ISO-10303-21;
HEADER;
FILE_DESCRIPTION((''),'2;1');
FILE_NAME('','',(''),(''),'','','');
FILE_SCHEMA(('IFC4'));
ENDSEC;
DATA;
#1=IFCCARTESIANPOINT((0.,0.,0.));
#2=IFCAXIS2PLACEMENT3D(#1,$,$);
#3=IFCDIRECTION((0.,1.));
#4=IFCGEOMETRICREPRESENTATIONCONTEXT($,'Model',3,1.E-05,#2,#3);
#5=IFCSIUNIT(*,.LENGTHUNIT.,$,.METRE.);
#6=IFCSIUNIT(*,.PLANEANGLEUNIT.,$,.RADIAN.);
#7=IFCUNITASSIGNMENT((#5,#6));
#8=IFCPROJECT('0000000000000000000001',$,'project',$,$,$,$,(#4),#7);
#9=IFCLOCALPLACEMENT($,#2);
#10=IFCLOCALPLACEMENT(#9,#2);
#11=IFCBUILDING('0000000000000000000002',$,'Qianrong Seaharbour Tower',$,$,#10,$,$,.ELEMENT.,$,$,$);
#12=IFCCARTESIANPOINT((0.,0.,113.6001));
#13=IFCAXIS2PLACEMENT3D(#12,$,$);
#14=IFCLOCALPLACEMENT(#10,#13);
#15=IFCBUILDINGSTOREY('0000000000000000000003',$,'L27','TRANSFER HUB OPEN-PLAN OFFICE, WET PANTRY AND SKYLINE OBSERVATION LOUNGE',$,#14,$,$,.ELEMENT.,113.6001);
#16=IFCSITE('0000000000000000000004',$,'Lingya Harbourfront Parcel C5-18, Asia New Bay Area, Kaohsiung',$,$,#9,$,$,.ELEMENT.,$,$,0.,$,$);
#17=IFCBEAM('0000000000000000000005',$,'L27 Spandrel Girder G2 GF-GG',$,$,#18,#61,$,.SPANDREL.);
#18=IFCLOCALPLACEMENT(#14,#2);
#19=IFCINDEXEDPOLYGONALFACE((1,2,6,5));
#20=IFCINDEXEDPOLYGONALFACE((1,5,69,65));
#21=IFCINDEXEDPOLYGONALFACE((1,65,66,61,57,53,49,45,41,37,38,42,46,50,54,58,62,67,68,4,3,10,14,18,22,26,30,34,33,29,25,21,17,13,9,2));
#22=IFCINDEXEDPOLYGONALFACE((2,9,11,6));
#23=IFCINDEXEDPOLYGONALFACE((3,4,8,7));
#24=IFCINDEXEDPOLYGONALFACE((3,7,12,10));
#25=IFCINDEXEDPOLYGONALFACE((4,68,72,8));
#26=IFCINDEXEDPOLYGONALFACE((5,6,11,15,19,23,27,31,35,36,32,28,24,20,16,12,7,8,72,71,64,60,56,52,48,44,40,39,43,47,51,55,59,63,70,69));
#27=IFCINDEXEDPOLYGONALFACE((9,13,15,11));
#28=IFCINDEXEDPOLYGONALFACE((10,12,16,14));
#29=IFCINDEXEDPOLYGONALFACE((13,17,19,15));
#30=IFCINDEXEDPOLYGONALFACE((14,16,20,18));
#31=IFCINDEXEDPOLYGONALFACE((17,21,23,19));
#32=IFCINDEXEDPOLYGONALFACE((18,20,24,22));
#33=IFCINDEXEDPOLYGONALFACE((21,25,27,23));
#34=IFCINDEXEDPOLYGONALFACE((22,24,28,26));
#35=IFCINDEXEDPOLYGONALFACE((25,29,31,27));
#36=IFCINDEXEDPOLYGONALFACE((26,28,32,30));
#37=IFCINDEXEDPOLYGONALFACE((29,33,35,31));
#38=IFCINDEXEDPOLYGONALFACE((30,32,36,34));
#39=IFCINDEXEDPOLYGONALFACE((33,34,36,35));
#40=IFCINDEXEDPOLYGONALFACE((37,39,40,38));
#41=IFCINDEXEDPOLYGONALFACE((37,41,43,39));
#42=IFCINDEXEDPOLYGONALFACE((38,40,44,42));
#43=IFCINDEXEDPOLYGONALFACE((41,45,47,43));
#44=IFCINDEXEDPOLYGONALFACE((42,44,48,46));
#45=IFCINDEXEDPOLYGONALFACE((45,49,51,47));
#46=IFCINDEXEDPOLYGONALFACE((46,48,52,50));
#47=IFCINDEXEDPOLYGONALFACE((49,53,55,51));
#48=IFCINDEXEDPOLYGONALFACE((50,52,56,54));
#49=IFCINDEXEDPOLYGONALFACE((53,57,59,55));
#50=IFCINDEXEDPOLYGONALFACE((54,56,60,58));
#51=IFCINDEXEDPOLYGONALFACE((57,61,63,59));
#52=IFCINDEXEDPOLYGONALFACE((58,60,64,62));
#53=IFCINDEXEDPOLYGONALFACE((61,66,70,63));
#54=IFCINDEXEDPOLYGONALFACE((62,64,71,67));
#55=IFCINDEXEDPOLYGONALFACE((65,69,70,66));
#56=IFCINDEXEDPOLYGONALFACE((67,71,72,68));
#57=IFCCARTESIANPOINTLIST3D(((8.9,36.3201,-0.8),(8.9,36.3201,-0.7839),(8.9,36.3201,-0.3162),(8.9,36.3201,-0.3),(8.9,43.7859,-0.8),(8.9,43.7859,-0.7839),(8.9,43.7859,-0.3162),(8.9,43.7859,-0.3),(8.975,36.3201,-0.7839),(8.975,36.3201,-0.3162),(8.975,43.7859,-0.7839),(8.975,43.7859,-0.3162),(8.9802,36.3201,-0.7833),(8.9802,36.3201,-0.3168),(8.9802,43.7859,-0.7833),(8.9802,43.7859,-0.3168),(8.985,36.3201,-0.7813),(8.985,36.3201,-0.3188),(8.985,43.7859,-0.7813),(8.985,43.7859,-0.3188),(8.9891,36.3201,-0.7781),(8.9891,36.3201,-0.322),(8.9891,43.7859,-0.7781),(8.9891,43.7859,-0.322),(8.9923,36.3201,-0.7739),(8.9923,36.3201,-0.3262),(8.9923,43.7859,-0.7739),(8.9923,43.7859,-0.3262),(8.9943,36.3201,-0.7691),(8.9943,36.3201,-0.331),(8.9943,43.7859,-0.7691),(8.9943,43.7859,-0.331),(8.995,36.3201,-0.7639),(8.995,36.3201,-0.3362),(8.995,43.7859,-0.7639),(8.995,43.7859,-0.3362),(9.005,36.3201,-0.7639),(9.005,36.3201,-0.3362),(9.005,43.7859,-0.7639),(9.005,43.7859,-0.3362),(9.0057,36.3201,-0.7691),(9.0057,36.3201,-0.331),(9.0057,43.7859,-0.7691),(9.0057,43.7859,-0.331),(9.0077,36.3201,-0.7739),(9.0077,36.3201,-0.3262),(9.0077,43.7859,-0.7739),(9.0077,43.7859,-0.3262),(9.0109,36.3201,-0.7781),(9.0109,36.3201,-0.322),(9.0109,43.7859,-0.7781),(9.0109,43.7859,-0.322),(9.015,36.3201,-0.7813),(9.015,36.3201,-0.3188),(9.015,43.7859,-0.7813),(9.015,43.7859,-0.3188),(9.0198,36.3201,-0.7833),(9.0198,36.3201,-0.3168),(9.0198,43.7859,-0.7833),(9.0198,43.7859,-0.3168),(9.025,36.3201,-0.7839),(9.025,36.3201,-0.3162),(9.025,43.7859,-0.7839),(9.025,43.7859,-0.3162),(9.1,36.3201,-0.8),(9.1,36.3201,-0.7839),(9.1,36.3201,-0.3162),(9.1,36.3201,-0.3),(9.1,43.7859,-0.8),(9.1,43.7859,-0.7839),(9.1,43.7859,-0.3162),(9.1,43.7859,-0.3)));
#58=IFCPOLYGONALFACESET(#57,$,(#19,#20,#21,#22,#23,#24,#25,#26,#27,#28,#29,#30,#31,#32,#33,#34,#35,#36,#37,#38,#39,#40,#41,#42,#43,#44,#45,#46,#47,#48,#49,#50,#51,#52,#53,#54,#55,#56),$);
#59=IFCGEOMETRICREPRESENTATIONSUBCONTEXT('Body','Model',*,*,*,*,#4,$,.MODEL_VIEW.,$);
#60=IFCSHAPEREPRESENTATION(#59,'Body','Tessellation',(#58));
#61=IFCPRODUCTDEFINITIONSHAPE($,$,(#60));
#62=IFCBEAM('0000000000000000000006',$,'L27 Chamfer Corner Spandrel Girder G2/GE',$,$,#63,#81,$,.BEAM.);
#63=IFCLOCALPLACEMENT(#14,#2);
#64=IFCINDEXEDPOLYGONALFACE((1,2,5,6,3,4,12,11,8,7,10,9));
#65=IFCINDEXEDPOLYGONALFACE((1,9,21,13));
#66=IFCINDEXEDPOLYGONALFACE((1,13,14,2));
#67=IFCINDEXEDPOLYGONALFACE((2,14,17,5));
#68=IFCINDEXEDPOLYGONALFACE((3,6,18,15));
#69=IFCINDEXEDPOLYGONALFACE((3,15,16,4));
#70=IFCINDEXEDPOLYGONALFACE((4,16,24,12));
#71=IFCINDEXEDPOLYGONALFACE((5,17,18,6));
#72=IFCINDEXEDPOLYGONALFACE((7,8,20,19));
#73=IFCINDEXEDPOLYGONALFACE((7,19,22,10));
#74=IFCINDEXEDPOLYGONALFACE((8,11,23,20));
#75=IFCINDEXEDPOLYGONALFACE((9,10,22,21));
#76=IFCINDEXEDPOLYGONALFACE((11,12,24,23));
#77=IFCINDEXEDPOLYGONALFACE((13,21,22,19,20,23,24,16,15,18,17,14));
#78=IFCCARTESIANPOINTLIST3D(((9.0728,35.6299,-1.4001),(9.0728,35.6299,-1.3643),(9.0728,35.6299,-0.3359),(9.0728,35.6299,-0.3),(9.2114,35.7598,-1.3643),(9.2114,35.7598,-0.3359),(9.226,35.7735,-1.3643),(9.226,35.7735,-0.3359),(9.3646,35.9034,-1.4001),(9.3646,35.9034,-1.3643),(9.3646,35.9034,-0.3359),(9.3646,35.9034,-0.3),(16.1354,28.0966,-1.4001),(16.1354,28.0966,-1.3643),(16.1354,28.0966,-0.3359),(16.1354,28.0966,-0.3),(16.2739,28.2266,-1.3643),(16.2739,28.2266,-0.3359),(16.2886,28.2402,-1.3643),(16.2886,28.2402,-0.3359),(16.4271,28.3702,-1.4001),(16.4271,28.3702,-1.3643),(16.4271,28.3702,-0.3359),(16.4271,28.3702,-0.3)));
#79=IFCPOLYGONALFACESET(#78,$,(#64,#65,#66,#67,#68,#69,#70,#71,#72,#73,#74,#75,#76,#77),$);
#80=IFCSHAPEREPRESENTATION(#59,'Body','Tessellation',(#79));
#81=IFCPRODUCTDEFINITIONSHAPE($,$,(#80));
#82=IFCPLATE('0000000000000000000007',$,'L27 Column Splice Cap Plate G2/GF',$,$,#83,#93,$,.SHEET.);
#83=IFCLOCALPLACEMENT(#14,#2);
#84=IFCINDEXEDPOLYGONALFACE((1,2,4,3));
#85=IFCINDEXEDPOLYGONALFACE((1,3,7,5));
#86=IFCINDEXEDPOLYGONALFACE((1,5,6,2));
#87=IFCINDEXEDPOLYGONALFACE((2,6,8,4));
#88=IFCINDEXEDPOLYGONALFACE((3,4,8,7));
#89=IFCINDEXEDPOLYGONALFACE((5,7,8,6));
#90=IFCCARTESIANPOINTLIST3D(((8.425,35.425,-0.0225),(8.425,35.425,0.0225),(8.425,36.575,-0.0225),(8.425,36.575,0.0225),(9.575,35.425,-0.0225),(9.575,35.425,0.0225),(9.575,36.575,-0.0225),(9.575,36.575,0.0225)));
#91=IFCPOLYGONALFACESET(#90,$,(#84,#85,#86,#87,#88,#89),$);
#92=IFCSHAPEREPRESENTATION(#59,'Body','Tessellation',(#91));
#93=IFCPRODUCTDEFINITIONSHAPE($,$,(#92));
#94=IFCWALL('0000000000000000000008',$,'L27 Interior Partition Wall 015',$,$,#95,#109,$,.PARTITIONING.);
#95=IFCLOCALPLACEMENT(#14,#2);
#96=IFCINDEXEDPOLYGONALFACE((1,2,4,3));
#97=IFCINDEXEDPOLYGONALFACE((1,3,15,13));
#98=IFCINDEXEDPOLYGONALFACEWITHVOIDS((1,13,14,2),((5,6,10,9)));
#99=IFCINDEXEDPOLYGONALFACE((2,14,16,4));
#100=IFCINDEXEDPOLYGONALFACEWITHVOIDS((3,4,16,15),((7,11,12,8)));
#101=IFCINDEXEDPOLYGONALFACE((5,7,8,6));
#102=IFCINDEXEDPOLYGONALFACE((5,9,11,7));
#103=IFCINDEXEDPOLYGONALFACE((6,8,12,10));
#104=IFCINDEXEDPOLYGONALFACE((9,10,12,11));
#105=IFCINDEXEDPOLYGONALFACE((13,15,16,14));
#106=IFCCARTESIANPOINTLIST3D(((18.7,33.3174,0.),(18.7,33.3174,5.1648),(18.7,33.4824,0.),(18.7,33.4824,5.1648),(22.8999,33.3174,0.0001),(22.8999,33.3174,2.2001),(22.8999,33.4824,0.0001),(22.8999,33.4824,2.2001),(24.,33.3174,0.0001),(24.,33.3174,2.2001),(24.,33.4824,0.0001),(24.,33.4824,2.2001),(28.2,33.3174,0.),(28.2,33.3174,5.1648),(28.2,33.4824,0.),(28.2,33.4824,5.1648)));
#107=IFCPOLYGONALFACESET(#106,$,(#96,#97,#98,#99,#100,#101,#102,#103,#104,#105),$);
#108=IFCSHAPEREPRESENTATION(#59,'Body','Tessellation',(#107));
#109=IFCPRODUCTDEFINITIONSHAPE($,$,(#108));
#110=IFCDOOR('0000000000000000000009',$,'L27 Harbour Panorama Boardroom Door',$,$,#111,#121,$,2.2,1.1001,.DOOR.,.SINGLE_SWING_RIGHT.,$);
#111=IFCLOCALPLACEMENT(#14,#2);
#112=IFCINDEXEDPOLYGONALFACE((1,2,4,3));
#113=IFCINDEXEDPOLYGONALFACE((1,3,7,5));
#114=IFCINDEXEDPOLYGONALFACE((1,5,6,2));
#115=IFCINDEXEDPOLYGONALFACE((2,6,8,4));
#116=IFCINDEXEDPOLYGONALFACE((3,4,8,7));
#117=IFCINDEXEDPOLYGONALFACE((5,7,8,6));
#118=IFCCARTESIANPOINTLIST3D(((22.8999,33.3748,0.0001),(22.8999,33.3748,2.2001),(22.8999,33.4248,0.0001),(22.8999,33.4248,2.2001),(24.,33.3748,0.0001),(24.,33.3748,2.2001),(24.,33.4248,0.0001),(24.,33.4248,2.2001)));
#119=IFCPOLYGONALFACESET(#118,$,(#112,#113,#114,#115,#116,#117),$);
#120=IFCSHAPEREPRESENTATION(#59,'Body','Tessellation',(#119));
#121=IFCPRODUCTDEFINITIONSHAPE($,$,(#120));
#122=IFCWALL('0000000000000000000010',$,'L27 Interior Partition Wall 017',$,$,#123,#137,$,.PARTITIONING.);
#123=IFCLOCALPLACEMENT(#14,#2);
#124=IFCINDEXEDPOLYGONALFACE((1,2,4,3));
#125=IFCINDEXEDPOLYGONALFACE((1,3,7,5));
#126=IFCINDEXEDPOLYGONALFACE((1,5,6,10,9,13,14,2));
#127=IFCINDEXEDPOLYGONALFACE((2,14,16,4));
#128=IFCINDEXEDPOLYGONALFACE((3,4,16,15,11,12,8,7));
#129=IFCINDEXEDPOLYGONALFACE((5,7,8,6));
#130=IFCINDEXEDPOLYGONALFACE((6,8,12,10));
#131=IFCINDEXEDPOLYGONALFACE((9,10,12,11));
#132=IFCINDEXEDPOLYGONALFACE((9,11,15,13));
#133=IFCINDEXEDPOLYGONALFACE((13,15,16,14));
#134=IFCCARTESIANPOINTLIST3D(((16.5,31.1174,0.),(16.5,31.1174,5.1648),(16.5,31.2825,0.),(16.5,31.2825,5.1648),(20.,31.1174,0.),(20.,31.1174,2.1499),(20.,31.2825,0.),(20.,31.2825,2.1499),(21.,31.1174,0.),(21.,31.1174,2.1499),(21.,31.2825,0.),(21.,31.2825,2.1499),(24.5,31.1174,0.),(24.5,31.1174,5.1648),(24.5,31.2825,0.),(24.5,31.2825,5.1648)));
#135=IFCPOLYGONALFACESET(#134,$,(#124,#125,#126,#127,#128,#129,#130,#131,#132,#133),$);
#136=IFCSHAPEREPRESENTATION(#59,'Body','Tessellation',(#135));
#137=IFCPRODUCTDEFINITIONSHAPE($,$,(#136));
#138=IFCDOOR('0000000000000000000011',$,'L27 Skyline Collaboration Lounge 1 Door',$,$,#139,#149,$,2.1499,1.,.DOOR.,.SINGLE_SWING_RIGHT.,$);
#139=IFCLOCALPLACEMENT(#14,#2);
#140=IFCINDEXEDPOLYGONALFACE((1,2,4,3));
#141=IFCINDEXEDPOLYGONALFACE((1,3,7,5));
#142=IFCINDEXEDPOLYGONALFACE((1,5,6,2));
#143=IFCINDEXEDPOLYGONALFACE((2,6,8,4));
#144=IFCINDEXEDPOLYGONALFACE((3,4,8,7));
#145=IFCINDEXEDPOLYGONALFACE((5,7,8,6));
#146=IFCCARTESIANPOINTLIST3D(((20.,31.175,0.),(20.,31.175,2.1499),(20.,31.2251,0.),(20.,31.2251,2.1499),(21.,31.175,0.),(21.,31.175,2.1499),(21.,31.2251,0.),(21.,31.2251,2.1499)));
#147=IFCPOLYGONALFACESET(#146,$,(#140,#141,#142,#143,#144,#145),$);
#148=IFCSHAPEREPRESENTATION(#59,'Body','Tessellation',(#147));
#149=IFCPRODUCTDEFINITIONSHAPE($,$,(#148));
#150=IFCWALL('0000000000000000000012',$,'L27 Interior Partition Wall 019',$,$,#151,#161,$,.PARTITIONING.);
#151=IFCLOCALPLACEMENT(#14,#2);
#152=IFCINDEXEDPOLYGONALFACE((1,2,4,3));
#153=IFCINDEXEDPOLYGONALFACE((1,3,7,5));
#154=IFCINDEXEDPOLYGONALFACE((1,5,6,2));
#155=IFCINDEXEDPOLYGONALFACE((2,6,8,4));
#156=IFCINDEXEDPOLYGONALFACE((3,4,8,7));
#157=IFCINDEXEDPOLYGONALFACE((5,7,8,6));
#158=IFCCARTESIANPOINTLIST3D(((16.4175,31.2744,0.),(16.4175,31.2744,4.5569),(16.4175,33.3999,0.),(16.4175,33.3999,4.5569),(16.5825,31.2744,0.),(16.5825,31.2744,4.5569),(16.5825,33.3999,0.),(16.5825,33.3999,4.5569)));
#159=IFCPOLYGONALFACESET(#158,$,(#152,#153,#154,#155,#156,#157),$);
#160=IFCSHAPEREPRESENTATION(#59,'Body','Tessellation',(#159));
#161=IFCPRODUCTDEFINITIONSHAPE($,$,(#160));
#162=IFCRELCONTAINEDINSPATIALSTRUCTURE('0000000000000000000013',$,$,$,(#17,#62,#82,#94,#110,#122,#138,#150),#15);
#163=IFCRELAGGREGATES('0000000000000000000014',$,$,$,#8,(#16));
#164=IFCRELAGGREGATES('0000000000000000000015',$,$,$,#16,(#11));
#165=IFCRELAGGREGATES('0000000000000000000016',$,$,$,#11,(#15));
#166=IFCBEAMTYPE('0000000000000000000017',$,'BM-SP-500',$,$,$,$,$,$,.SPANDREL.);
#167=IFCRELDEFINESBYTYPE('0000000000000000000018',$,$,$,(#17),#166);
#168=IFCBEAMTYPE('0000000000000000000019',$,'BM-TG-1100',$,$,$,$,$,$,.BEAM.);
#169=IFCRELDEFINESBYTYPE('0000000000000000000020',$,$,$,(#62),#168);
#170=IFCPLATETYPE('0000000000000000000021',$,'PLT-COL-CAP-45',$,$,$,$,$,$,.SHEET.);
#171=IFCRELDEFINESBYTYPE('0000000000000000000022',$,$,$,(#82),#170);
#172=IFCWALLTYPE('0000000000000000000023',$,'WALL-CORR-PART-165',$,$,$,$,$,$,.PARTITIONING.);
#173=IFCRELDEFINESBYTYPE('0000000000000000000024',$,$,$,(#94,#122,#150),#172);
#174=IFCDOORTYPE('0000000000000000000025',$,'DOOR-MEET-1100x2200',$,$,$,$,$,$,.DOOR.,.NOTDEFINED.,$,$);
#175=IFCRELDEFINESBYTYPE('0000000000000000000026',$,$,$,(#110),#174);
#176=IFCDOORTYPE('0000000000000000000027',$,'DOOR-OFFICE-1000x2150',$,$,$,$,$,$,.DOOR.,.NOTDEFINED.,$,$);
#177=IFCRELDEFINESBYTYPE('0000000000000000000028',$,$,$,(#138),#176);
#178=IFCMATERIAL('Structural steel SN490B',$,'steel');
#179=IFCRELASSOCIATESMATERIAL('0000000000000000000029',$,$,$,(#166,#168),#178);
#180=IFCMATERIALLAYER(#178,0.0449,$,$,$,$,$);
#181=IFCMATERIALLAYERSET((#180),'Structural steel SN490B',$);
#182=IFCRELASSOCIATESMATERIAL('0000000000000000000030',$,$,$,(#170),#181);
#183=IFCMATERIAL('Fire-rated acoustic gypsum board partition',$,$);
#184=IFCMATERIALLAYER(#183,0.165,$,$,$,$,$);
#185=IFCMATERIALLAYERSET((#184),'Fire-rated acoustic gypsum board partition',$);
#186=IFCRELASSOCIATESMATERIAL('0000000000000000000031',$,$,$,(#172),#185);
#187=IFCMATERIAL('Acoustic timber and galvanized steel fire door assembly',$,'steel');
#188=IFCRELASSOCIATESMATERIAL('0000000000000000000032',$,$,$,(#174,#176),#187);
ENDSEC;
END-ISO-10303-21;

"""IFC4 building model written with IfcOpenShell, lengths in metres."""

from ifc_helpers import new_model, si_unit, direction, frame, frame_2d, origin, origin_2d, place, context, subcontext, project, spatial, rectangle, i_section, extrude, material, layer, layer_set, material_profile, profile_set, type_object, element, fill, save


model = new_model("IFC4")

# Units and contexts
model_context = context("Model", 3, precision=1e-05, world=origin(), true_north=direction((0.0, 1.0)))
body_context = subcontext(model_context, "Body", "Model", "MODEL_VIEW")
ifc_project = project(units=[si_unit("LENGTHUNIT", "METRE"), si_unit("PLANEANGLEUNIT", "RADIAN")], contexts=[model_context])

# Site, building, storey
site_placement = place(None, origin())
site = spatial("IfcSite", under=ifc_project, at=site_placement, Name="Lingya Harbourfront Parcel C5-18, Asia New Bay Area, Kaohsiung", CompositionType="ELEMENT", RefElevation=0.0)
building_placement = place(site_placement, origin())
building = spatial("IfcBuilding", under=site, at=building_placement, Name="Qianrong Seaharbour Tower", CompositionType="ELEMENT")
storey_placement = place(building_placement, frame((0.0, 0.0, 113.6001)))
storey = spatial("IfcBuildingStorey", under=building, at=storey_placement, Name="L27", Description="TRANSFER HUB OPEN-PLAN OFFICE, WET PANTRY AND SKYLINE OBSERVATION LOUNGE", CompositionType="ELEMENT", Elevation=113.6001)

# Shared definitions
ifc_material_1 = material(Name="Structural steel SN490B", Category="steel")

# Beams
ifc_material_profile_1 = material_profile(ifc_material_1, i_section(OverallWidth=0.2, OverallDepth=0.5, WebThickness=0.01, FlangeThickness=0.0161, FilletRadius=0.02, at=origin_2d()), Name="H500x200x10x16")
ifc_profile_set_1 = profile_set([ifc_material_profile_1], Name="Structural steel SN490B")
beam_type_1 = type_object("IfcBeamType", Name="BM-SP-500", PredefinedType="SPANDREL", material=ifc_profile_set_1)
beam_1_placement = place(storey_placement, frame((9.0, 36.3201, -0.55), z_axis=(0.0, 1.0, 0.0), x_axis=(-1.0, 0.0, 0.0)))
element("IfcBeam", 1, at=beam_1_placement, inside=storey, type_object=beam_type_1, Name="L27 Spandrel Girder G2 GF-GG", PredefinedType="SPANDREL", context=body_context, shape_type="SweptSolid", body=[
    extrude(i_section(OverallWidth=0.2, OverallDepth=0.5, WebThickness=0.01, FlangeThickness=0.0161, FilletRadius=0.02, at=origin_2d()), origin(), (0.0, 0.0, 1.0), 7.4658),
])
ifc_material_profile_2 = material_profile(ifc_material_1, i_section(OverallWidth=0.3999, OverallDepth=1.1001, WebThickness=0.02, FlangeThickness=0.0359, at=origin_2d()), Name="BH1100x400x20x36")
ifc_profile_set_2 = profile_set([ifc_material_profile_2], Name="Structural steel SN490B")
beam_type_2 = type_object("IfcBeamType", Name="BM-TG-1100", PredefinedType="BEAM", material=ifc_profile_set_2)
beam_2_placement = place(storey_placement, frame((16.2812, 28.2334, -0.8501), z_axis=(-0.683947, 0.729531, 0.0), x_axis=(-0.729531, -0.683947, 0.0)))
element("IfcBeam", 2, at=beam_2_placement, inside=storey, type_object=beam_type_2, Name="L27 Chamfer Corner Spandrel Girder G2/GE", PredefinedType="BEAM", context=body_context, shape_type="SweptSolid", body=[
    extrude(i_section(OverallWidth=0.3999, OverallDepth=1.1001, WebThickness=0.02, FlangeThickness=0.0359, at=origin_2d()), origin(), (0.0, 0.0, 1.0), 10.3262),
])

# Plate
ifc_layer_1 = layer(ifc_material_1, 0.0449)
ifc_layer_set_1 = layer_set([ifc_layer_1], Name="Structural steel SN490B")
plate_type = type_object("IfcPlateType", Name="PLT-COL-CAP-45", PredefinedType="SHEET", material=ifc_layer_set_1)
plate_placement = place(storey_placement, frame((9.0, 36.0, -0.0225), z_axis=(0.0, 0.0, 1.0), x_axis=(1.0, 0.0, 0.0)))
element("IfcPlate", 3, at=plate_placement, inside=storey, type_object=plate_type, Name="L27 Column Splice Cap Plate G2/GF", PredefinedType="SHEET", context=body_context, shape_type="SweptSolid", body=[
    extrude(rectangle(XDim=1.1499, YDim=1.1499, at=origin_2d()), origin(), (0.0, 0.0, 1.0), 0.0449),
])

# Walls, openings, doors
ifc_material_2 = material(Name="Fire-rated acoustic gypsum board partition")
ifc_layer_2 = layer(ifc_material_2, 0.165)
ifc_layer_set_2 = layer_set([ifc_layer_2], Name="Fire-rated acoustic gypsum board partition")
wall_type_1 = type_object("IfcWallType", Name="WALL-CORR-PART-165", PredefinedType="PARTITIONING", material=ifc_layer_set_2)
wall_1_placement = place(storey_placement, frame((18.7, 33.3999, 0.0), z_axis=(0.0, 0.0, 1.0), x_axis=(1.0, 0.0, 0.0)))
wall_1 = element("IfcWall", 4, at=wall_1_placement, inside=storey, type_object=wall_type_1, Name="L27 Interior Partition Wall 015", PredefinedType="PARTITIONING", context=body_context, shape_type="SweptSolid", body=[
    extrude(rectangle(XDim=9.5, YDim=0.165, at=frame_2d((4.75, 0.0))), origin(), (0.0, 0.0, 1.0), 5.1648),
])
opening_1_placement = place(wall_1_placement, frame((4.2, 0.0, 0.0)))
opening_1 = element("IfcOpeningElement", 5, at=opening_1_placement, cuts=wall_1, PredefinedType="OPENING", context=body_context, shape_type="SweptSolid", body=[
    extrude(rectangle(XDim=1.1001, YDim=2.2, at=frame_2d((0.55, 1.1001))), frame((0.0, 0.0925, 0.0), z_axis=(0.0, -1.0, 0.0), x_axis=(1.0, 0.0, 0.0)), (0.0, 0.0, 1.0), 0.1851),
])
ifc_material_3 = material(Name="Acoustic timber and galvanized steel fire door assembly", Category="steel")
door_type_1 = type_object("IfcDoorType", Name="DOOR-MEET-1100x2200", OperationType="NOTDEFINED", PredefinedType="DOOR", material=ifc_material_3)
door_1_placement = place(opening_1_placement, origin())
door_1 = element("IfcDoor", 6, at=door_1_placement, inside=storey, type_object=door_type_1, Name="L27 Harbour Panorama Boardroom Door", OperationType="SINGLE_SWING_RIGHT", OverallHeight=2.2, OverallWidth=1.1001, PredefinedType="DOOR", context=body_context, shape_type="SweptSolid", body=[
    extrude(rectangle(XDim=1.1001, YDim=2.2, at=frame_2d((0.55, 1.1001))), frame((0.0, 0.0249, 0.0), z_axis=(0.0, -1.0, 0.0), x_axis=(1.0, 0.0, 0.0)), (0.0, 0.0, 1.0), 0.05),
])
fill(opening_1, door_1)
wall_2_placement = place(storey_placement, frame((24.5, 31.2, 0.0), z_axis=(0.0, 0.0, 1.0), x_axis=(-1.0, 0.0, 0.0)))
wall_2 = element("IfcWall", 7, at=wall_2_placement, inside=storey, type_object=wall_type_1, Name="L27 Interior Partition Wall 017", PredefinedType="PARTITIONING", context=body_context, shape_type="SweptSolid", body=[
    extrude(rectangle(XDim=8.0, YDim=0.165, at=frame_2d((4.0, 0.0))), origin(), (0.0, 0.0, 1.0), 5.1648),
])
opening_2_placement = place(wall_2_placement, frame((3.5, 0.0, 0.0)))
opening_2 = element("IfcOpeningElement", 8, at=opening_2_placement, cuts=wall_2, PredefinedType="OPENING", context=body_context, shape_type="SweptSolid", body=[
    extrude(rectangle(XDim=1.0, YDim=2.1499, at=frame_2d((0.5, 1.075))), frame((0.0, 0.0925, 0.0), z_axis=(0.0, -1.0, 0.0), x_axis=(1.0, 0.0, 0.0)), (0.0, 0.0, 1.0), 0.1851),
])
door_type_2 = type_object("IfcDoorType", Name="DOOR-OFFICE-1000x2150", OperationType="NOTDEFINED", PredefinedType="DOOR", material=ifc_material_3)
door_2_placement = place(opening_2_placement, origin())
door_2 = element("IfcDoor", 9, at=door_2_placement, inside=storey, type_object=door_type_2, Name="L27 Skyline Collaboration Lounge 1 Door", OperationType="SINGLE_SWING_RIGHT", OverallHeight=2.1499, OverallWidth=1.0, PredefinedType="DOOR", context=body_context, shape_type="SweptSolid", body=[
    extrude(rectangle(XDim=1.0, YDim=2.1499, at=frame_2d((0.5, 1.075))), frame((0.0, 0.0249, 0.0), z_axis=(0.0, -1.0, 0.0), x_axis=(1.0, 0.0, 0.0)), (0.0, 0.0, 1.0), 0.05),
])
fill(opening_2, door_2)

# Wall
wall_3_placement = place(storey_placement, frame((16.5, 31.2744, 0.0), z_axis=(0.0, 0.0, 1.0), x_axis=(0.0, 1.0, 0.0)))
element("IfcWall", 10, at=wall_3_placement, inside=storey, type_object=wall_type_1, Name="L27 Interior Partition Wall 019", PredefinedType="PARTITIONING", context=body_context, shape_type="SweptSolid", body=[
    extrude(rectangle(XDim=2.1255, YDim=0.165, at=frame_2d((1.0627, 0.0))), origin(), (0.0, 0.0, 1.0), 4.5569),
])

save(model, "model.ifc")
